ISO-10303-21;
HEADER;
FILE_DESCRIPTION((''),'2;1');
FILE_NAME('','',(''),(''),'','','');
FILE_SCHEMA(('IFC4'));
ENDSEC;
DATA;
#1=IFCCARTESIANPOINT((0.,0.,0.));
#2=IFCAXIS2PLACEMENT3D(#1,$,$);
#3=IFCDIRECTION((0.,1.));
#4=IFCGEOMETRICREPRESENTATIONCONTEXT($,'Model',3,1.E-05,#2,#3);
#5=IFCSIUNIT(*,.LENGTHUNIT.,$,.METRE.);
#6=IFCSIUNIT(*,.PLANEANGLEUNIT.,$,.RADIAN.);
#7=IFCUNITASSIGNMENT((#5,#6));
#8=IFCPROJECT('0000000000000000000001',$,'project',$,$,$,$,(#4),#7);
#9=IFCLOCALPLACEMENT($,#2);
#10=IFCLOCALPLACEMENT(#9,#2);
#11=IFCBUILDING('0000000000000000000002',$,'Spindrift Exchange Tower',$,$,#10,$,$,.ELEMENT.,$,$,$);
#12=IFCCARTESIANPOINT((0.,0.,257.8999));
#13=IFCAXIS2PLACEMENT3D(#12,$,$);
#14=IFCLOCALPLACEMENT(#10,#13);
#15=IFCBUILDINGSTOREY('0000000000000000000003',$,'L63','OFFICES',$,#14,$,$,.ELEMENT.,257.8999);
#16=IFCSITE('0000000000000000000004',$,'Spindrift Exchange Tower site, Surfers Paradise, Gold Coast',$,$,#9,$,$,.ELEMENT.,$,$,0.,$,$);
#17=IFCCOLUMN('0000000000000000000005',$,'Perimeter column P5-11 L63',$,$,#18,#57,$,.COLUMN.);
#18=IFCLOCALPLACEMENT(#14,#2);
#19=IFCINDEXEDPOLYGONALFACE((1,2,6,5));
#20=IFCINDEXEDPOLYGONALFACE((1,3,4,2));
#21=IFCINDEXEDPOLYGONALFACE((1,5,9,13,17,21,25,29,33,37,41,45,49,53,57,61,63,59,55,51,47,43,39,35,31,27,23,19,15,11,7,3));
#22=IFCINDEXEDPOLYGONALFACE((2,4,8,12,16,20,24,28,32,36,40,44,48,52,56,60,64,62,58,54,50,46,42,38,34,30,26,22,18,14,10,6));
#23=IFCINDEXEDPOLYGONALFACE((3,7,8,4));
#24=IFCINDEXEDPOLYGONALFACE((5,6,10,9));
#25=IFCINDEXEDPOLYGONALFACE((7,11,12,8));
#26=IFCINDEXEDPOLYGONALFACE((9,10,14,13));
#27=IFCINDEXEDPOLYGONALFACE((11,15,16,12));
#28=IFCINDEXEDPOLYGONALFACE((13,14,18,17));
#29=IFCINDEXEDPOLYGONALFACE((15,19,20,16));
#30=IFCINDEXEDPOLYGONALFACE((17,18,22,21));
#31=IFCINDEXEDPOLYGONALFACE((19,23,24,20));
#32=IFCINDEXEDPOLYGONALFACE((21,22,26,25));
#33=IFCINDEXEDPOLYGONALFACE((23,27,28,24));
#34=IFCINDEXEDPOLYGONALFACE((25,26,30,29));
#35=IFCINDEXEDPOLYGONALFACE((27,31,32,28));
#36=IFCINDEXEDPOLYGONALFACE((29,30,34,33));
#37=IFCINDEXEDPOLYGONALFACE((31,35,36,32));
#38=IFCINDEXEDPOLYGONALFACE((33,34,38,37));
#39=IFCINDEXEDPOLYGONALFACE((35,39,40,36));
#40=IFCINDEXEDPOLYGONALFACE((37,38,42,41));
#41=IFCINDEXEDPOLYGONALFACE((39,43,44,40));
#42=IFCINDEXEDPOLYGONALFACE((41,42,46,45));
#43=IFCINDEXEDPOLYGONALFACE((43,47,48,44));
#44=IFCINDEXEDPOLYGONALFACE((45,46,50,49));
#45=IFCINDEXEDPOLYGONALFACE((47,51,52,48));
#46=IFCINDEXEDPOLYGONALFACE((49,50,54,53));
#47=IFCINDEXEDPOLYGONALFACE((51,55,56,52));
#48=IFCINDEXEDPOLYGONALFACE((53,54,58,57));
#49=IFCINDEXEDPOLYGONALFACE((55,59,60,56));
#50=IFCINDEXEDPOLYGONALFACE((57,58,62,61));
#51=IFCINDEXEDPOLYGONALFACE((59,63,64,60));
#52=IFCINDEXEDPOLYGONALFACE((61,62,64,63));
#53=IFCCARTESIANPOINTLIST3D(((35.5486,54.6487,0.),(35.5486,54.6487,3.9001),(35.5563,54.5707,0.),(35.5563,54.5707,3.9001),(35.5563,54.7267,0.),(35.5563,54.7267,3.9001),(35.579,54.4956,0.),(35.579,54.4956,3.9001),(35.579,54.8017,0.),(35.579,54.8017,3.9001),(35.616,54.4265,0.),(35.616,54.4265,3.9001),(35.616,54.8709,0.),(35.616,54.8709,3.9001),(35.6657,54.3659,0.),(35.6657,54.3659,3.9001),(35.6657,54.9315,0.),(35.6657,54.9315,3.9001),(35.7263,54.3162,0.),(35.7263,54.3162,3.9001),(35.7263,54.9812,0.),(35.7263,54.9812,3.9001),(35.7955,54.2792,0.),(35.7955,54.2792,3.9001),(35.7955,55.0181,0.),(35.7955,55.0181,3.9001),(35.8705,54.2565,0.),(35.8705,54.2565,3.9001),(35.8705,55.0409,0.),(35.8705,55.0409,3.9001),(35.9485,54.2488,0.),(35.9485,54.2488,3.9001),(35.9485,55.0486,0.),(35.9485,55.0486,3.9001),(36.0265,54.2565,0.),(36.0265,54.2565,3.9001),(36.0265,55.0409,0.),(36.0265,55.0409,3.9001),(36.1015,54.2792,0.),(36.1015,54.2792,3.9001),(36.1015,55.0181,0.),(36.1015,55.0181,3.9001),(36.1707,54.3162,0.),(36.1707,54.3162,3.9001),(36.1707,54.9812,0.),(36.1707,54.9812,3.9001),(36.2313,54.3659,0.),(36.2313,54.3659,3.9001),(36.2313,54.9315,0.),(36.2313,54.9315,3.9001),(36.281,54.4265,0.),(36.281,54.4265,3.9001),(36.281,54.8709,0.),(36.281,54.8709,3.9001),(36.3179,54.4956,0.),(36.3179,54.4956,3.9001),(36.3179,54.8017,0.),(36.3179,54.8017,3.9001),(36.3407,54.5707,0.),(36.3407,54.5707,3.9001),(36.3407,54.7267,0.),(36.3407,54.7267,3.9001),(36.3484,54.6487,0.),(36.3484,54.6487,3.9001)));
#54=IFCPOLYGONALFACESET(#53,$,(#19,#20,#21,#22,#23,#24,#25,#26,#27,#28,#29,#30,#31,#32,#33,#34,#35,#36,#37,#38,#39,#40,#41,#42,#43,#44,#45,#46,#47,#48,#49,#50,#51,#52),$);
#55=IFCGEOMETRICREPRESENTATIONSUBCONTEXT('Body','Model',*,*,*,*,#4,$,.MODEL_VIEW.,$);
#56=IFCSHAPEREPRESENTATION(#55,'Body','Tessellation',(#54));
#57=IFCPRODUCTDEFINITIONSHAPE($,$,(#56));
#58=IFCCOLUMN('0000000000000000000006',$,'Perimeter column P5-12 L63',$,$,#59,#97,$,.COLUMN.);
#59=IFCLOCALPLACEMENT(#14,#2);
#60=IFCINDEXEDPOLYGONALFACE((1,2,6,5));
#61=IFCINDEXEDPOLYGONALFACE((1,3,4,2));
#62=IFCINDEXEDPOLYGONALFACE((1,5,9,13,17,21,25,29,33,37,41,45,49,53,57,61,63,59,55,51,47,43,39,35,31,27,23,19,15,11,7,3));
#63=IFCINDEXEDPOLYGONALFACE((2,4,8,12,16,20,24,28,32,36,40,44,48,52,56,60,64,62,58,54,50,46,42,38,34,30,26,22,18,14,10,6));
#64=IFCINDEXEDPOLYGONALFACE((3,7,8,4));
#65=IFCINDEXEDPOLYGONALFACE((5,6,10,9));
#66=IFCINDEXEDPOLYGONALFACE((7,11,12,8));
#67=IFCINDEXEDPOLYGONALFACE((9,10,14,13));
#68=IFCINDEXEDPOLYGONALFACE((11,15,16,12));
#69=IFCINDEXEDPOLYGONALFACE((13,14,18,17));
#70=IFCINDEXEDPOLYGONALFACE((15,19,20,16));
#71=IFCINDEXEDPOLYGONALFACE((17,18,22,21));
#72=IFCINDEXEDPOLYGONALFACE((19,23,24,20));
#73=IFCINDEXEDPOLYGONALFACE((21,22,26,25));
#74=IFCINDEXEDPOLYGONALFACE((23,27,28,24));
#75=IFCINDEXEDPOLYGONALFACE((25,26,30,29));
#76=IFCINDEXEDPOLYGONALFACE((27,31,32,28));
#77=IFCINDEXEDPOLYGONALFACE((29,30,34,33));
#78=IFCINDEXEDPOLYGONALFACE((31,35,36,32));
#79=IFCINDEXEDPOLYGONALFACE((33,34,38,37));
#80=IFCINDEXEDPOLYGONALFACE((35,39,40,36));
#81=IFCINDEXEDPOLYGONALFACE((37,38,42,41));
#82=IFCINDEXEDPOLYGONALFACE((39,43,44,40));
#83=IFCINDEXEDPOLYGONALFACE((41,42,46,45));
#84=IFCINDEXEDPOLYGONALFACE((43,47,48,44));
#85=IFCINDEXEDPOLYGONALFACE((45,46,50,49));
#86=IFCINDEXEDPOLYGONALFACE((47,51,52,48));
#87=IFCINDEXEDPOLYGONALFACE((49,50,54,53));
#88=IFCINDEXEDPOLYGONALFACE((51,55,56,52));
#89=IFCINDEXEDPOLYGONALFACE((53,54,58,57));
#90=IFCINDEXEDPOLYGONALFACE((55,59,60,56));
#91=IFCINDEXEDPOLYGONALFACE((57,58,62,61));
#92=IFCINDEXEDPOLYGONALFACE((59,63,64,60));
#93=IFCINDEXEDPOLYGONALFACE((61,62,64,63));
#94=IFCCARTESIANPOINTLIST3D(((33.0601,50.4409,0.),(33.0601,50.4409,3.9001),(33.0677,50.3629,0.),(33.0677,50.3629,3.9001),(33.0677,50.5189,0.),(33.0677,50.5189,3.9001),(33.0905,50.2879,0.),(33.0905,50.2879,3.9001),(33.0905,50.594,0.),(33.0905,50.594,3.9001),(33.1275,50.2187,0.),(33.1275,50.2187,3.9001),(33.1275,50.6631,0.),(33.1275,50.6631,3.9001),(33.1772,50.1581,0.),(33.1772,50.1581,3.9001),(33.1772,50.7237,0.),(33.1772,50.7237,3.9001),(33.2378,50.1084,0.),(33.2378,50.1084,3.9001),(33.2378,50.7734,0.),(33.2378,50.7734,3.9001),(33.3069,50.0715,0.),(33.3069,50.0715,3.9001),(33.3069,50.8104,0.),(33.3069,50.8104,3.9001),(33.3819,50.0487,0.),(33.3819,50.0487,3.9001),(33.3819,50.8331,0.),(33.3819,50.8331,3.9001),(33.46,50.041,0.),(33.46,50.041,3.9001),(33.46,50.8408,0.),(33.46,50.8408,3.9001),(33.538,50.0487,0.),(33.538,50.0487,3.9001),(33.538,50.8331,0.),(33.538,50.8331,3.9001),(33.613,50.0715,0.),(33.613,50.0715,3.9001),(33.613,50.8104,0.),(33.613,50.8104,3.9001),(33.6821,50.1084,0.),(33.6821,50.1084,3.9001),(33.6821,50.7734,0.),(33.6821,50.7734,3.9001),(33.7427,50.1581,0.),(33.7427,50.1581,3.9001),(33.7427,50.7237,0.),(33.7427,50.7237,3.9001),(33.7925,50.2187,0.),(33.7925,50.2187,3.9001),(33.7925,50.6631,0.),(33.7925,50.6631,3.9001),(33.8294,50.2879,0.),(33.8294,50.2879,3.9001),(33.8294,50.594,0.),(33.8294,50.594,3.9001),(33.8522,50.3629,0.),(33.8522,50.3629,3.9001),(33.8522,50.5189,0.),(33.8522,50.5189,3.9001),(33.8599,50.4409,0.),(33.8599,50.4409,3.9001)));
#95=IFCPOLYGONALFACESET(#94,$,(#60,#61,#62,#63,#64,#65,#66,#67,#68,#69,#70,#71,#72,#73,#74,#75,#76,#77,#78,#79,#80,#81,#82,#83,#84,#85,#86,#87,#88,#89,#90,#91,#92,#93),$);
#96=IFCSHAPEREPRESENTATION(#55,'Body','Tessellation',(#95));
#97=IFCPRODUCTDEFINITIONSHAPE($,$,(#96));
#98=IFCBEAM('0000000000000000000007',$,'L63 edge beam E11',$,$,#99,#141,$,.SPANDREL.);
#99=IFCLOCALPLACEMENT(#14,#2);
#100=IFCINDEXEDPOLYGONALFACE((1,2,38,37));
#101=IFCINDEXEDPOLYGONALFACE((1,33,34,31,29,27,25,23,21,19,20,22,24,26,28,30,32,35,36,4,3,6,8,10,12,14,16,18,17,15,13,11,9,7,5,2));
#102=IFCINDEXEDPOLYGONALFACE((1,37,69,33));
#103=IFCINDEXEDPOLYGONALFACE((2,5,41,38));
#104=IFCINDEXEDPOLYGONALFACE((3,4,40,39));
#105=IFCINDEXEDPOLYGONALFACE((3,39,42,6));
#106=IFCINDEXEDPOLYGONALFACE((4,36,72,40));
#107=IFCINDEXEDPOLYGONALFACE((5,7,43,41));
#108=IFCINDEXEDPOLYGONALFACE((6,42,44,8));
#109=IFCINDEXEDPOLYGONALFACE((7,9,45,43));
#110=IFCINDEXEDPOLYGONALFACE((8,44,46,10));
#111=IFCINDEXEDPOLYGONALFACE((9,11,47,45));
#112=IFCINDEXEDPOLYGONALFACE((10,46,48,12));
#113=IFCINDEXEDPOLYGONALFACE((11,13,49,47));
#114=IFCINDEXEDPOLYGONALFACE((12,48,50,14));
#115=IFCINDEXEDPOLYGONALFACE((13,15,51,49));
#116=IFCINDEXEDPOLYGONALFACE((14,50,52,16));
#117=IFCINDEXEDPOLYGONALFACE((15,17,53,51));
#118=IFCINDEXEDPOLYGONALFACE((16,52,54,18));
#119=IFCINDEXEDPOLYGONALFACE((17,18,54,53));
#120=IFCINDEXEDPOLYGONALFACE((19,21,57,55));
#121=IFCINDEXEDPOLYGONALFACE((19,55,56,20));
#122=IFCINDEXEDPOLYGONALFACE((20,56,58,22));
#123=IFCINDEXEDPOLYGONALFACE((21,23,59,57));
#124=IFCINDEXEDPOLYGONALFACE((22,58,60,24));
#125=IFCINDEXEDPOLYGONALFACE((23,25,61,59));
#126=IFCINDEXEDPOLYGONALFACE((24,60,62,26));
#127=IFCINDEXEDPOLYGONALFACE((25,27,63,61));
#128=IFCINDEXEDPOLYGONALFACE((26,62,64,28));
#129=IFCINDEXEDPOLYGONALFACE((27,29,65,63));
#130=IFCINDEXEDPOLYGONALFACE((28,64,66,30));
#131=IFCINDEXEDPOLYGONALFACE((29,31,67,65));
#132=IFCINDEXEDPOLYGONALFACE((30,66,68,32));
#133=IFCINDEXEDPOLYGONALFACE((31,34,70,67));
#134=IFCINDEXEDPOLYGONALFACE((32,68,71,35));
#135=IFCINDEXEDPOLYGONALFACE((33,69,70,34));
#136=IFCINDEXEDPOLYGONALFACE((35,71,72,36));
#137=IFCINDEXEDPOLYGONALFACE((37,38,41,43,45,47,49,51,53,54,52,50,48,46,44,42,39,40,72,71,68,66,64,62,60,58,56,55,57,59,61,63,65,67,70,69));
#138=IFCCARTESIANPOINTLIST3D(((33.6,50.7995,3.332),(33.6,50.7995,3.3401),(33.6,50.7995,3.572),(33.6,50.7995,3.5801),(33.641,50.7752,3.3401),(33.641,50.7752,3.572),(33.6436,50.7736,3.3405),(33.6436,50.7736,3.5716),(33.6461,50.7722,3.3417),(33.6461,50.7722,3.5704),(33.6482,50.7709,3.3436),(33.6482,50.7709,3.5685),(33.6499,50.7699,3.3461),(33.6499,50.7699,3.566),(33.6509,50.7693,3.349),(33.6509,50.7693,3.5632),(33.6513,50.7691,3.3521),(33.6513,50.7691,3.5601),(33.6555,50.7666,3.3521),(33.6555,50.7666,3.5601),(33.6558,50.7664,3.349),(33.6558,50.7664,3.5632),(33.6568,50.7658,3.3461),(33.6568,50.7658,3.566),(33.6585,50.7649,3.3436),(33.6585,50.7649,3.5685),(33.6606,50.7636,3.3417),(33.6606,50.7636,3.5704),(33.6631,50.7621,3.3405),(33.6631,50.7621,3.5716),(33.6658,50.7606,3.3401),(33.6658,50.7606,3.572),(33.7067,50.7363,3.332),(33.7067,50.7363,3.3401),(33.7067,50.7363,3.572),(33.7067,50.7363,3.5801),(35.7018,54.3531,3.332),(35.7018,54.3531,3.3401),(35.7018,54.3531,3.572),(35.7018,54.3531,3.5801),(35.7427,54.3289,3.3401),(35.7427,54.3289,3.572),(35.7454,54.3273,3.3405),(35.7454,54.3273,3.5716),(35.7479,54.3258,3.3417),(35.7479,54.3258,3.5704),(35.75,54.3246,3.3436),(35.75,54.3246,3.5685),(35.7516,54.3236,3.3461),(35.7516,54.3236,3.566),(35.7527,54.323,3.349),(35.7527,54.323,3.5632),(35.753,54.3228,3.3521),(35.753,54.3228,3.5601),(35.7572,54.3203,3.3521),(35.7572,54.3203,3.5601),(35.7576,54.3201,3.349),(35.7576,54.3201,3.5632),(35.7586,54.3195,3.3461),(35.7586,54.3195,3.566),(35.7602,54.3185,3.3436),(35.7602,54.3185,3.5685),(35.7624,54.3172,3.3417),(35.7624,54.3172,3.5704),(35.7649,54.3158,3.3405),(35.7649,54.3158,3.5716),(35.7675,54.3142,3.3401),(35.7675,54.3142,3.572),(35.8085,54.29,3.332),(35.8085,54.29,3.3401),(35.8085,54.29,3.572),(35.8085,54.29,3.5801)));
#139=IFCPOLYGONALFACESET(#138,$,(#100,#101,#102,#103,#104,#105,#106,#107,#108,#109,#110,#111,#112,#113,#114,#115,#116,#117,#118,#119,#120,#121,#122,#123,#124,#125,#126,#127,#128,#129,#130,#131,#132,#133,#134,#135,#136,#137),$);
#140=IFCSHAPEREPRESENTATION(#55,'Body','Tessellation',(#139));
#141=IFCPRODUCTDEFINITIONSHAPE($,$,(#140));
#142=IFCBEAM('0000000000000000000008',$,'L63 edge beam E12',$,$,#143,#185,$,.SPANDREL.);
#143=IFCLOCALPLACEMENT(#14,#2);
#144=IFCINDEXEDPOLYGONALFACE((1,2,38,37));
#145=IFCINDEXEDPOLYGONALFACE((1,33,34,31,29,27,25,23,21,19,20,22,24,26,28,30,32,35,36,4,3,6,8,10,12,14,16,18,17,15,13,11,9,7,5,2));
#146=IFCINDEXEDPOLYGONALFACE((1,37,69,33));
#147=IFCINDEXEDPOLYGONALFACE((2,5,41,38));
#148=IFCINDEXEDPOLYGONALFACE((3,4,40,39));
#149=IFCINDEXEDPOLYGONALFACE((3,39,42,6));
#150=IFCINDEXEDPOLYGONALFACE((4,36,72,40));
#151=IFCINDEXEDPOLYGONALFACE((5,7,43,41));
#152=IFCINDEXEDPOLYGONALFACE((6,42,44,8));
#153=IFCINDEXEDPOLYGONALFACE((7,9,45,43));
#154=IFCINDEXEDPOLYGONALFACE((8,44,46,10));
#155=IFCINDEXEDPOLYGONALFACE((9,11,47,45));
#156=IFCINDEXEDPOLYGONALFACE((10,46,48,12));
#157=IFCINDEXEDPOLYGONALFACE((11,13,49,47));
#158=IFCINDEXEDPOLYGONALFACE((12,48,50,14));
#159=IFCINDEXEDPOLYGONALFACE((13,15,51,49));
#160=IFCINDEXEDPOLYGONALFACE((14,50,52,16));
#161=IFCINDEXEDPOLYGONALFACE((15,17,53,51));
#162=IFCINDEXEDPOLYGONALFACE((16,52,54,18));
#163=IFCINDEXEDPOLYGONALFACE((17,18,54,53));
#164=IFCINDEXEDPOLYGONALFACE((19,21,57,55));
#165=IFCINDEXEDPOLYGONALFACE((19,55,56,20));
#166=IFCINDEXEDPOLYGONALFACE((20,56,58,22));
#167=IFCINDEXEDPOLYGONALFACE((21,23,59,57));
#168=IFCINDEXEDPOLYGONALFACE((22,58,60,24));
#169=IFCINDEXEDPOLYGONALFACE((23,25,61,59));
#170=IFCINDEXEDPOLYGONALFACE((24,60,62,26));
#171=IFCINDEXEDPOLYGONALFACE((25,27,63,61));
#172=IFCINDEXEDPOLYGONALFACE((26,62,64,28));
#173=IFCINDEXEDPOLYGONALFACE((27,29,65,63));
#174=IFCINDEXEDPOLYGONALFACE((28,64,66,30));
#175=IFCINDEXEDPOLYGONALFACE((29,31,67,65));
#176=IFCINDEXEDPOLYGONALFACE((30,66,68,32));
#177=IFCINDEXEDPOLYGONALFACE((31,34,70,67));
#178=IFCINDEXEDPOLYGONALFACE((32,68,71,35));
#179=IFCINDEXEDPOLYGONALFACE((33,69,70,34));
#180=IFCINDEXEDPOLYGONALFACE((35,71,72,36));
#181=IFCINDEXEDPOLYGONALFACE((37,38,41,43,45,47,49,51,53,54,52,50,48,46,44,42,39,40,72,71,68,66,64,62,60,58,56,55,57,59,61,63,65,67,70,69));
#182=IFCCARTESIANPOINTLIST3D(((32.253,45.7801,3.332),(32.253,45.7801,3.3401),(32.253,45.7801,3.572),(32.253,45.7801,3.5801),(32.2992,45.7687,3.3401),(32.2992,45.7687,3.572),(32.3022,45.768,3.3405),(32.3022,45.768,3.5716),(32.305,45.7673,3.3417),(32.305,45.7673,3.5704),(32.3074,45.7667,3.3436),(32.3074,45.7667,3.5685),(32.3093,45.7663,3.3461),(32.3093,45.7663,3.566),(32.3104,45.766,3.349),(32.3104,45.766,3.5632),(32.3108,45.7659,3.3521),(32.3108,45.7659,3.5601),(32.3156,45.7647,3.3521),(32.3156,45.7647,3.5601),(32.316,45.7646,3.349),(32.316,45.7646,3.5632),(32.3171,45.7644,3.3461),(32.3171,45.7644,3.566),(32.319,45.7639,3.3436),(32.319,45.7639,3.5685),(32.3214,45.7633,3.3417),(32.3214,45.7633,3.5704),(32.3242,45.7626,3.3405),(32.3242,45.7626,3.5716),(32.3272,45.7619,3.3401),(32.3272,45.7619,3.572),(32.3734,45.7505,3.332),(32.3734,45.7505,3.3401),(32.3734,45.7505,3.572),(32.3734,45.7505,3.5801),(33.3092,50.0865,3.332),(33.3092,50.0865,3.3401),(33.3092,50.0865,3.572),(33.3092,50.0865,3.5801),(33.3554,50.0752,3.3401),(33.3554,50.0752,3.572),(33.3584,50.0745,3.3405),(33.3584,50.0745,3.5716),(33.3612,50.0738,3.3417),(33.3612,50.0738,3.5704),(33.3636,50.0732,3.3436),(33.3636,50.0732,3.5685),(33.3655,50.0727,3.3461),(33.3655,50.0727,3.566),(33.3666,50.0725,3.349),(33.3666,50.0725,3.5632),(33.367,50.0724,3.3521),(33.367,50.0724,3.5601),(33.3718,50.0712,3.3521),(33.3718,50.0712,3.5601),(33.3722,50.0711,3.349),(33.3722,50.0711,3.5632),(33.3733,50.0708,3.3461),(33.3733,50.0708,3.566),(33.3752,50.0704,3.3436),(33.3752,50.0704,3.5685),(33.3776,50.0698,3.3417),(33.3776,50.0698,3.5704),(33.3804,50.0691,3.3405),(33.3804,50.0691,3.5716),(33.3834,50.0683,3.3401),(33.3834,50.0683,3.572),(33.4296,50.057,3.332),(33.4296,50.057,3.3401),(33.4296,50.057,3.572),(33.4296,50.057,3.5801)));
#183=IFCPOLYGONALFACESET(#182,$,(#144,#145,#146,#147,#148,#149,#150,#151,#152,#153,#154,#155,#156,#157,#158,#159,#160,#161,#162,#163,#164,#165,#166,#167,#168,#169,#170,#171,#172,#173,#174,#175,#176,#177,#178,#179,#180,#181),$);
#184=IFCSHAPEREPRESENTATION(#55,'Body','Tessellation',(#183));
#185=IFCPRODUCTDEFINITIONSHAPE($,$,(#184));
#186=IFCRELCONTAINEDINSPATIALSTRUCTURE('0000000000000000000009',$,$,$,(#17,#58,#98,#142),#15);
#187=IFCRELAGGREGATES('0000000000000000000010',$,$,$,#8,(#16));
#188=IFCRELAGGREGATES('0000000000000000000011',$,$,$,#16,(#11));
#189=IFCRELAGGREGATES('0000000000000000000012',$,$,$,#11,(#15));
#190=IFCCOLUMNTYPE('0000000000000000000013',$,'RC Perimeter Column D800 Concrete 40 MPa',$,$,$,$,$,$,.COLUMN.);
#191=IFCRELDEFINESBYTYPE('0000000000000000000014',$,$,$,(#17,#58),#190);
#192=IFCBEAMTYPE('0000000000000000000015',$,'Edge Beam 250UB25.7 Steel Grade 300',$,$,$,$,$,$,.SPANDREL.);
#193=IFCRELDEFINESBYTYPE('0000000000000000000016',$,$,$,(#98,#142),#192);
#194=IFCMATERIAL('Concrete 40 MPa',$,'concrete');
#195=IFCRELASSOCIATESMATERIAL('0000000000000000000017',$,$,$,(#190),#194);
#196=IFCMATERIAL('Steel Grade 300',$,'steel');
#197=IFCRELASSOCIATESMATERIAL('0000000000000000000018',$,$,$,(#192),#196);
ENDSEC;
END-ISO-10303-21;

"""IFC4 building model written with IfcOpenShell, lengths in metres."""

from ifc_helpers import new_model, si_unit, direction, frame, origin, origin_2d, place, context, subcontext, project, spatial, circle, i_section, extrude, source, transform, mapped, material, material_profile, profile_set, type_object, element, save


model = new_model("IFC4")

# Units and contexts
model_context = context("Model", 3, precision=1e-05, world=origin(), true_north=direction((0.0, 1.0)))
body_context = subcontext(model_context, "Body", "Model", "MODEL_VIEW")
ifc_project = project(units=[si_unit("LENGTHUNIT", "METRE"), si_unit("PLANEANGLEUNIT", "RADIAN")], contexts=[model_context])

# Site, building, storey
site_placement = place(None, origin())
site = spatial("IfcSite", under=ifc_project, at=site_placement, Name="Spindrift Exchange Tower site, Surfers Paradise, Gold Coast", CompositionType="ELEMENT", RefElevation=0.0)
building_placement = place(site_placement, origin())
building = spatial("IfcBuilding", under=site, at=building_placement, Name="Spindrift Exchange Tower", CompositionType="ELEMENT")
storey_placement = place(building_placement, frame((0.0, 0.0, 257.8999)))
storey = spatial("IfcBuildingStorey", under=building, at=storey_placement, Name="L63", Description="OFFICES", CompositionType="ELEMENT", Elevation=257.8999)

# Columns
ifc_material_1 = material(Name="Concrete 40 MPa", Category="concrete")
ifc_material_profile_1 = material_profile(ifc_material_1, circle(Radius=0.3999, at=origin_2d()), Name="RC D800")
ifc_profile_set_1 = profile_set([ifc_material_profile_1], Name="Concrete 40 MPa")
column_type = type_object("IfcColumnType", Name="RC Perimeter Column D800 Concrete 40 MPa", PredefinedType="COLUMN", material=ifc_profile_set_1)
shared_shape_1 = source(origin(), body_context, "Body", "SweptSolid", [
    extrude(circle(Radius=0.3999, at=origin_2d()), origin(), (0.0, 0.0, 1.0), 3.9001),
])
for number, where, z_axis, x_axis, name in (
    (1, (35.9485, 54.6487, 0.0), (0.0, 0.0, 1.0), (1.0, 0.0, 0.0), "Perimeter column P5-11 L63"),
    (2, (33.46, 50.4409, 0.0), (0.0, 0.0, 1.0), (1.0, 0.0, 0.0), "Perimeter column P5-12 L63"),
):
    element("IfcColumn", number, at=place(storey_placement, frame(where, z_axis=z_axis, x_axis=x_axis)), inside=storey, type_object=column_type, Name=name, PredefinedType="COLUMN", context=body_context, shape_type="MappedRepresentation", body=[
        mapped(shared_shape_1, transform((0.0, 0.0, 0.0), scale=1.0)),
    ])

# Beams
ifc_material_2 = material(Name="Steel Grade 300", Category="steel")
ifc_material_profile_2 = material_profile(ifc_material_2, i_section(OverallWidth=0.124, OverallDepth=0.248, WebThickness=0.0049, FlangeThickness=0.0081, FilletRadius=0.012, at=origin_2d()), Name="250UB25.7")
ifc_profile_set_2 = profile_set([ifc_material_profile_2], Name="Steel Grade 300")
beam_type_1 = type_object("IfcBeamType", Name="Edge Beam 250UB25.7 Steel Grade 300", PredefinedType="SPANDREL", material=ifc_profile_set_2)
shared_shape_2 = source(origin(), body_context, "Body", "SweptSolid", [
    extrude(i_section(OverallWidth=0.124, OverallDepth=0.248, WebThickness=0.0049, FlangeThickness=0.0081, FilletRadius=0.012, at=origin_2d()), origin(), (0.0, 0.0, 1.0), 4.1287),
])
beam_1_placement = place(storey_placement, frame((35.7551, 54.3215, 3.4561), z_axis=(-0.509068, -0.860726, 0.0), x_axis=(0.860726, -0.509068, 0.0)))
element("IfcBeam", 3, at=beam_1_placement, inside=storey, type_object=beam_type_1, Name="L63 edge beam E11", PredefinedType="SPANDREL", context=body_context, shape_type="MappedRepresentation", body=[
    mapped(shared_shape_2, transform((0.0, 0.0, 0.0), scale=1.0)),
])
shared_shape_3 = source(origin(), body_context, "Body", "SweptSolid", [
    extrude(i_section(OverallWidth=0.124, OverallDepth=0.248, WebThickness=0.0049, FlangeThickness=0.0081, FilletRadius=0.012, at=origin_2d()), origin(), (0.0, 0.0, 1.0), 4.4341),
])
beam_2_placement = place(storey_placement, frame((33.3694, 50.0718, 3.4561), z_axis=(-0.238193, -0.971218, 0.0), x_axis=(0.971218, -0.238193, 0.0)))
element("IfcBeam", 4, at=beam_2_placement, inside=storey, type_object=beam_type_1, Name="L63 edge beam E12", PredefinedType="SPANDREL", context=body_context, shape_type="MappedRepresentation", body=[
    mapped(shared_shape_3, transform((0.0, 0.0, 0.0), scale=1.0)),
])

save(model, "model.ifc")
